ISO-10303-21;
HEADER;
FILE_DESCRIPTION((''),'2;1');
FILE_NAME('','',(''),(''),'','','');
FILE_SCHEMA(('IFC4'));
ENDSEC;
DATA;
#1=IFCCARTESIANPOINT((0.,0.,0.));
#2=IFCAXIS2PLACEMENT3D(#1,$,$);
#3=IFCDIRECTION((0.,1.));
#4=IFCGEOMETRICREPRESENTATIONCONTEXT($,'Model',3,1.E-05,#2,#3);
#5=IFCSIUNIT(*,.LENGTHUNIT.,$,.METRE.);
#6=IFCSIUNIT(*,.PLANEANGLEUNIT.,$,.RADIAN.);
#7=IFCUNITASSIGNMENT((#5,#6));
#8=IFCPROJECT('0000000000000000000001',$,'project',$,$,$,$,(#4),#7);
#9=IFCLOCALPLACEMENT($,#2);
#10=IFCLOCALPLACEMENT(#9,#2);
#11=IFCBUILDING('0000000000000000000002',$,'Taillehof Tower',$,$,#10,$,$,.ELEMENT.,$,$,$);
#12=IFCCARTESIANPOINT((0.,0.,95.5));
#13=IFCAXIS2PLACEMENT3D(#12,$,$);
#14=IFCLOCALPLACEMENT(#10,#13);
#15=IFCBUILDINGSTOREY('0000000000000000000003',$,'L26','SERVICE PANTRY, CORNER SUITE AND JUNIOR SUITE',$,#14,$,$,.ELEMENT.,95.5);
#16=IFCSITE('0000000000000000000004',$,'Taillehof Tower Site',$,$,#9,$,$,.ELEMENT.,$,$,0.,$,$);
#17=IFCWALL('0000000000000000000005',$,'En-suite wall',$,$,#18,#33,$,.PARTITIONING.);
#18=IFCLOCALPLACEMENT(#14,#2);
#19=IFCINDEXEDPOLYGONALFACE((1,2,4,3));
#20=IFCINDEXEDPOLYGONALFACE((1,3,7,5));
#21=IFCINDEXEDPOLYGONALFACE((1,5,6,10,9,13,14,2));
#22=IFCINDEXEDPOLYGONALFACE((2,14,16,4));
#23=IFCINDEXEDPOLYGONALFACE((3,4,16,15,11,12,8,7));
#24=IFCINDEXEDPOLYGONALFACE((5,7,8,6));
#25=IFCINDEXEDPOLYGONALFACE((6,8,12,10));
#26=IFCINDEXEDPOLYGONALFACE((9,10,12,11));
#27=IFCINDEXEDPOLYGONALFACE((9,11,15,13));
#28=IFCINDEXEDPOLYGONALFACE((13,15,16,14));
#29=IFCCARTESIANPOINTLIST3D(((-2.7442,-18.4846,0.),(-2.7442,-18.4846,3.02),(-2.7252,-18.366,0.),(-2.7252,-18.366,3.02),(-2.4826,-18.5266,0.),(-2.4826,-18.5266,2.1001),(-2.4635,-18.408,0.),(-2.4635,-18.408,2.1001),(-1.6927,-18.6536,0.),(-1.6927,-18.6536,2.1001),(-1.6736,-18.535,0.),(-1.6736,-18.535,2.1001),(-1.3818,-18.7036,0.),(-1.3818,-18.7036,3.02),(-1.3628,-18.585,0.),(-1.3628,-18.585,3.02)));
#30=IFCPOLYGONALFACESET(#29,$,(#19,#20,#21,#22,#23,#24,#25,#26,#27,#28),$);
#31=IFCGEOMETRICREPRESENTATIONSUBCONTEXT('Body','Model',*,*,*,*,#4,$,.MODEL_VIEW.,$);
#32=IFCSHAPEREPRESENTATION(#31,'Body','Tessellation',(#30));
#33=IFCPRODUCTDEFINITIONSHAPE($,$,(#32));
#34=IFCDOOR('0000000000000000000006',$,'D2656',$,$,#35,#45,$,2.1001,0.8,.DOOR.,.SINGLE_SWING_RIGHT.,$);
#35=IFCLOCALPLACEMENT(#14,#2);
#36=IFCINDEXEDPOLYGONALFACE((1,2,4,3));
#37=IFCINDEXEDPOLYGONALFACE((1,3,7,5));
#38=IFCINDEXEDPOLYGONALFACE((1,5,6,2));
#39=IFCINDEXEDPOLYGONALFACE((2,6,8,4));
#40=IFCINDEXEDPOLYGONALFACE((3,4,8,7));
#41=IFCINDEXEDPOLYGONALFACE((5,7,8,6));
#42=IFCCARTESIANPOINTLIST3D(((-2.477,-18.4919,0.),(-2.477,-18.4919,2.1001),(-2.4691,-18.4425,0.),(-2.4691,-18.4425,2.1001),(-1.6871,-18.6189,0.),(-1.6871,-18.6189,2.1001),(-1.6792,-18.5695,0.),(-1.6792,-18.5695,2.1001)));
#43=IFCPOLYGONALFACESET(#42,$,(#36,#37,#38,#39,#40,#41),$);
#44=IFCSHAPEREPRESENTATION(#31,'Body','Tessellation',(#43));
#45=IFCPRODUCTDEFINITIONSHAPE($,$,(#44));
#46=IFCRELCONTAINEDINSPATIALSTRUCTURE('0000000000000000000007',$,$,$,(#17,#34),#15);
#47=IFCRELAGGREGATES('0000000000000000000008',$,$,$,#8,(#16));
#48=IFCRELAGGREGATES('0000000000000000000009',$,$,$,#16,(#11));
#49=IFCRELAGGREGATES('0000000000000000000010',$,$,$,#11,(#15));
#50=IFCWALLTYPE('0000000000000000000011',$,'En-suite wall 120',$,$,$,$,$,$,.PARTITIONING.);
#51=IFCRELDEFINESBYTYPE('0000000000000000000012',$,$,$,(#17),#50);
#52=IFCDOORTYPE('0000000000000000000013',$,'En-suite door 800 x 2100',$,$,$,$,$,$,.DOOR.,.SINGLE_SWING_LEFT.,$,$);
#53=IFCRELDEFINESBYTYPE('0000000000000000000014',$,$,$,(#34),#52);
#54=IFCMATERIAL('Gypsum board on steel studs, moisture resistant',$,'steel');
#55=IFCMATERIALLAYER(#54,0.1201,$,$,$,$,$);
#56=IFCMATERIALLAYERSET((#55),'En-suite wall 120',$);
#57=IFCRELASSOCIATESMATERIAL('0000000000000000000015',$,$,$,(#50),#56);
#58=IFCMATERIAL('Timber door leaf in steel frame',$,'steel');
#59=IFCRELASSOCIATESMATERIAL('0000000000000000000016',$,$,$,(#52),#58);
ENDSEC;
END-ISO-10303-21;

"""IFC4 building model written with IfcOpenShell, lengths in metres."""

from ifc_helpers import new_model, si_unit, direction, frame, frame_2d, origin, place, context, subcontext, project, spatial, rectangle, extrude, material, layer, layer_set, type_object, element, fill, save


model = new_model("IFC4")

# Units and contexts
model_context = context("Model", 3, precision=1e-05, world=origin(), true_north=direction((0.0, 1.0)))
body_context = subcontext(model_context, "Body", "Model", "MODEL_VIEW")
ifc_project = project(units=[si_unit("LENGTHUNIT", "METRE"), si_unit("PLANEANGLEUNIT", "RADIAN")], contexts=[model_context])

# Site, building, storey
site_placement = place(None, origin())
site = spatial("IfcSite", under=ifc_project, at=site_placement, Name="Taillehof Tower Site", CompositionType="ELEMENT", RefElevation=0.0)
building_placement = place(site_placement, origin())
building = spatial("IfcBuilding", under=site, at=building_placement, Name="Taillehof Tower", CompositionType="ELEMENT")
storey_placement = place(building_placement, frame((0.0, 0.0, 95.5)))
storey = spatial("IfcBuildingStorey", under=building, at=storey_placement, Name="L26", Description="SERVICE PANTRY, CORNER SUITE AND JUNIOR SUITE", CompositionType="ELEMENT", Elevation=95.5)

# Shared definitions
ifc_material_1 = material(Name="Gypsum board on steel studs, moisture resistant", Category="steel")
ifc_layer_1 = layer(ifc_material_1, 0.1201)
ifc_layer_set_1 = layer_set([ifc_layer_1], Name="En-suite wall 120")
wall_type_1 = type_object("IfcWallType", Name="En-suite wall 120", PredefinedType="PARTITIONING", material=ifc_layer_set_1)

# Wall, opening, door
ifc_material_2 = material(Name="Timber door leaf in steel frame", Category="steel")
door_type = type_object("IfcDoorType", Name="En-suite door 800 x 2100", OperationType="SINGLE_SWING_LEFT", PredefinedType="DOOR", material=ifc_material_2)
wall_1_placement = place(storey_placement, frame((-1.3723, -18.6443, 0.0), z_axis=(0.0, 0.0, 1.0), x_axis=(-0.987324, 0.158715, 0.0)))
wall_1 = element("IfcWall", 1, at=wall_1_placement, inside=storey, type_object=wall_type_1, Name="En-suite wall", PredefinedType="PARTITIONING", context=body_context, shape_type="SweptSolid", body=[
    extrude(rectangle(XDim=1.3799, YDim=0.1201, at=frame_2d((0.6899, 0.0))), origin(), (0.0, 0.0, 1.0), 3.02),
])
opening_1_placement = place(wall_1_placement, frame((0.3149, 0.0, 0.0)))
opening_1 = element("IfcOpeningElement", 2, at=opening_1_placement, cuts=wall_1, PredefinedType="OPENING", context=body_context, shape_type="SweptSolid", body=[
    extrude(rectangle(XDim=0.8, YDim=2.1001, at=frame_2d((0.3999, 1.05))), frame((0.0, 0.0701, 0.0), z_axis=(0.0, -1.0, 0.0), x_axis=(1.0, 0.0, 0.0)), (0.0, 0.0, 1.0), 0.1401),
])
door_1_placement = place(opening_1_placement, origin())
door_1 = element("IfcDoor", 3, at=door_1_placement, inside=storey, type_object=door_type, Name="D2656", OperationType="SINGLE_SWING_RIGHT", OverallHeight=2.1001, OverallWidth=0.8, PredefinedType="DOOR", context=body_context, shape_type="SweptSolid", body=[
    extrude(rectangle(XDim=0.8, YDim=2.1001, at=frame_2d((0.3999, 1.05))), frame((0.0, 0.0249, 0.0), z_axis=(0.0, -1.0, 0.0), x_axis=(1.0, 0.0, 0.0)), (0.0, 0.0, 1.0), 0.05),
])
fill(opening_1, door_1)

save(model, "model.ifc")
